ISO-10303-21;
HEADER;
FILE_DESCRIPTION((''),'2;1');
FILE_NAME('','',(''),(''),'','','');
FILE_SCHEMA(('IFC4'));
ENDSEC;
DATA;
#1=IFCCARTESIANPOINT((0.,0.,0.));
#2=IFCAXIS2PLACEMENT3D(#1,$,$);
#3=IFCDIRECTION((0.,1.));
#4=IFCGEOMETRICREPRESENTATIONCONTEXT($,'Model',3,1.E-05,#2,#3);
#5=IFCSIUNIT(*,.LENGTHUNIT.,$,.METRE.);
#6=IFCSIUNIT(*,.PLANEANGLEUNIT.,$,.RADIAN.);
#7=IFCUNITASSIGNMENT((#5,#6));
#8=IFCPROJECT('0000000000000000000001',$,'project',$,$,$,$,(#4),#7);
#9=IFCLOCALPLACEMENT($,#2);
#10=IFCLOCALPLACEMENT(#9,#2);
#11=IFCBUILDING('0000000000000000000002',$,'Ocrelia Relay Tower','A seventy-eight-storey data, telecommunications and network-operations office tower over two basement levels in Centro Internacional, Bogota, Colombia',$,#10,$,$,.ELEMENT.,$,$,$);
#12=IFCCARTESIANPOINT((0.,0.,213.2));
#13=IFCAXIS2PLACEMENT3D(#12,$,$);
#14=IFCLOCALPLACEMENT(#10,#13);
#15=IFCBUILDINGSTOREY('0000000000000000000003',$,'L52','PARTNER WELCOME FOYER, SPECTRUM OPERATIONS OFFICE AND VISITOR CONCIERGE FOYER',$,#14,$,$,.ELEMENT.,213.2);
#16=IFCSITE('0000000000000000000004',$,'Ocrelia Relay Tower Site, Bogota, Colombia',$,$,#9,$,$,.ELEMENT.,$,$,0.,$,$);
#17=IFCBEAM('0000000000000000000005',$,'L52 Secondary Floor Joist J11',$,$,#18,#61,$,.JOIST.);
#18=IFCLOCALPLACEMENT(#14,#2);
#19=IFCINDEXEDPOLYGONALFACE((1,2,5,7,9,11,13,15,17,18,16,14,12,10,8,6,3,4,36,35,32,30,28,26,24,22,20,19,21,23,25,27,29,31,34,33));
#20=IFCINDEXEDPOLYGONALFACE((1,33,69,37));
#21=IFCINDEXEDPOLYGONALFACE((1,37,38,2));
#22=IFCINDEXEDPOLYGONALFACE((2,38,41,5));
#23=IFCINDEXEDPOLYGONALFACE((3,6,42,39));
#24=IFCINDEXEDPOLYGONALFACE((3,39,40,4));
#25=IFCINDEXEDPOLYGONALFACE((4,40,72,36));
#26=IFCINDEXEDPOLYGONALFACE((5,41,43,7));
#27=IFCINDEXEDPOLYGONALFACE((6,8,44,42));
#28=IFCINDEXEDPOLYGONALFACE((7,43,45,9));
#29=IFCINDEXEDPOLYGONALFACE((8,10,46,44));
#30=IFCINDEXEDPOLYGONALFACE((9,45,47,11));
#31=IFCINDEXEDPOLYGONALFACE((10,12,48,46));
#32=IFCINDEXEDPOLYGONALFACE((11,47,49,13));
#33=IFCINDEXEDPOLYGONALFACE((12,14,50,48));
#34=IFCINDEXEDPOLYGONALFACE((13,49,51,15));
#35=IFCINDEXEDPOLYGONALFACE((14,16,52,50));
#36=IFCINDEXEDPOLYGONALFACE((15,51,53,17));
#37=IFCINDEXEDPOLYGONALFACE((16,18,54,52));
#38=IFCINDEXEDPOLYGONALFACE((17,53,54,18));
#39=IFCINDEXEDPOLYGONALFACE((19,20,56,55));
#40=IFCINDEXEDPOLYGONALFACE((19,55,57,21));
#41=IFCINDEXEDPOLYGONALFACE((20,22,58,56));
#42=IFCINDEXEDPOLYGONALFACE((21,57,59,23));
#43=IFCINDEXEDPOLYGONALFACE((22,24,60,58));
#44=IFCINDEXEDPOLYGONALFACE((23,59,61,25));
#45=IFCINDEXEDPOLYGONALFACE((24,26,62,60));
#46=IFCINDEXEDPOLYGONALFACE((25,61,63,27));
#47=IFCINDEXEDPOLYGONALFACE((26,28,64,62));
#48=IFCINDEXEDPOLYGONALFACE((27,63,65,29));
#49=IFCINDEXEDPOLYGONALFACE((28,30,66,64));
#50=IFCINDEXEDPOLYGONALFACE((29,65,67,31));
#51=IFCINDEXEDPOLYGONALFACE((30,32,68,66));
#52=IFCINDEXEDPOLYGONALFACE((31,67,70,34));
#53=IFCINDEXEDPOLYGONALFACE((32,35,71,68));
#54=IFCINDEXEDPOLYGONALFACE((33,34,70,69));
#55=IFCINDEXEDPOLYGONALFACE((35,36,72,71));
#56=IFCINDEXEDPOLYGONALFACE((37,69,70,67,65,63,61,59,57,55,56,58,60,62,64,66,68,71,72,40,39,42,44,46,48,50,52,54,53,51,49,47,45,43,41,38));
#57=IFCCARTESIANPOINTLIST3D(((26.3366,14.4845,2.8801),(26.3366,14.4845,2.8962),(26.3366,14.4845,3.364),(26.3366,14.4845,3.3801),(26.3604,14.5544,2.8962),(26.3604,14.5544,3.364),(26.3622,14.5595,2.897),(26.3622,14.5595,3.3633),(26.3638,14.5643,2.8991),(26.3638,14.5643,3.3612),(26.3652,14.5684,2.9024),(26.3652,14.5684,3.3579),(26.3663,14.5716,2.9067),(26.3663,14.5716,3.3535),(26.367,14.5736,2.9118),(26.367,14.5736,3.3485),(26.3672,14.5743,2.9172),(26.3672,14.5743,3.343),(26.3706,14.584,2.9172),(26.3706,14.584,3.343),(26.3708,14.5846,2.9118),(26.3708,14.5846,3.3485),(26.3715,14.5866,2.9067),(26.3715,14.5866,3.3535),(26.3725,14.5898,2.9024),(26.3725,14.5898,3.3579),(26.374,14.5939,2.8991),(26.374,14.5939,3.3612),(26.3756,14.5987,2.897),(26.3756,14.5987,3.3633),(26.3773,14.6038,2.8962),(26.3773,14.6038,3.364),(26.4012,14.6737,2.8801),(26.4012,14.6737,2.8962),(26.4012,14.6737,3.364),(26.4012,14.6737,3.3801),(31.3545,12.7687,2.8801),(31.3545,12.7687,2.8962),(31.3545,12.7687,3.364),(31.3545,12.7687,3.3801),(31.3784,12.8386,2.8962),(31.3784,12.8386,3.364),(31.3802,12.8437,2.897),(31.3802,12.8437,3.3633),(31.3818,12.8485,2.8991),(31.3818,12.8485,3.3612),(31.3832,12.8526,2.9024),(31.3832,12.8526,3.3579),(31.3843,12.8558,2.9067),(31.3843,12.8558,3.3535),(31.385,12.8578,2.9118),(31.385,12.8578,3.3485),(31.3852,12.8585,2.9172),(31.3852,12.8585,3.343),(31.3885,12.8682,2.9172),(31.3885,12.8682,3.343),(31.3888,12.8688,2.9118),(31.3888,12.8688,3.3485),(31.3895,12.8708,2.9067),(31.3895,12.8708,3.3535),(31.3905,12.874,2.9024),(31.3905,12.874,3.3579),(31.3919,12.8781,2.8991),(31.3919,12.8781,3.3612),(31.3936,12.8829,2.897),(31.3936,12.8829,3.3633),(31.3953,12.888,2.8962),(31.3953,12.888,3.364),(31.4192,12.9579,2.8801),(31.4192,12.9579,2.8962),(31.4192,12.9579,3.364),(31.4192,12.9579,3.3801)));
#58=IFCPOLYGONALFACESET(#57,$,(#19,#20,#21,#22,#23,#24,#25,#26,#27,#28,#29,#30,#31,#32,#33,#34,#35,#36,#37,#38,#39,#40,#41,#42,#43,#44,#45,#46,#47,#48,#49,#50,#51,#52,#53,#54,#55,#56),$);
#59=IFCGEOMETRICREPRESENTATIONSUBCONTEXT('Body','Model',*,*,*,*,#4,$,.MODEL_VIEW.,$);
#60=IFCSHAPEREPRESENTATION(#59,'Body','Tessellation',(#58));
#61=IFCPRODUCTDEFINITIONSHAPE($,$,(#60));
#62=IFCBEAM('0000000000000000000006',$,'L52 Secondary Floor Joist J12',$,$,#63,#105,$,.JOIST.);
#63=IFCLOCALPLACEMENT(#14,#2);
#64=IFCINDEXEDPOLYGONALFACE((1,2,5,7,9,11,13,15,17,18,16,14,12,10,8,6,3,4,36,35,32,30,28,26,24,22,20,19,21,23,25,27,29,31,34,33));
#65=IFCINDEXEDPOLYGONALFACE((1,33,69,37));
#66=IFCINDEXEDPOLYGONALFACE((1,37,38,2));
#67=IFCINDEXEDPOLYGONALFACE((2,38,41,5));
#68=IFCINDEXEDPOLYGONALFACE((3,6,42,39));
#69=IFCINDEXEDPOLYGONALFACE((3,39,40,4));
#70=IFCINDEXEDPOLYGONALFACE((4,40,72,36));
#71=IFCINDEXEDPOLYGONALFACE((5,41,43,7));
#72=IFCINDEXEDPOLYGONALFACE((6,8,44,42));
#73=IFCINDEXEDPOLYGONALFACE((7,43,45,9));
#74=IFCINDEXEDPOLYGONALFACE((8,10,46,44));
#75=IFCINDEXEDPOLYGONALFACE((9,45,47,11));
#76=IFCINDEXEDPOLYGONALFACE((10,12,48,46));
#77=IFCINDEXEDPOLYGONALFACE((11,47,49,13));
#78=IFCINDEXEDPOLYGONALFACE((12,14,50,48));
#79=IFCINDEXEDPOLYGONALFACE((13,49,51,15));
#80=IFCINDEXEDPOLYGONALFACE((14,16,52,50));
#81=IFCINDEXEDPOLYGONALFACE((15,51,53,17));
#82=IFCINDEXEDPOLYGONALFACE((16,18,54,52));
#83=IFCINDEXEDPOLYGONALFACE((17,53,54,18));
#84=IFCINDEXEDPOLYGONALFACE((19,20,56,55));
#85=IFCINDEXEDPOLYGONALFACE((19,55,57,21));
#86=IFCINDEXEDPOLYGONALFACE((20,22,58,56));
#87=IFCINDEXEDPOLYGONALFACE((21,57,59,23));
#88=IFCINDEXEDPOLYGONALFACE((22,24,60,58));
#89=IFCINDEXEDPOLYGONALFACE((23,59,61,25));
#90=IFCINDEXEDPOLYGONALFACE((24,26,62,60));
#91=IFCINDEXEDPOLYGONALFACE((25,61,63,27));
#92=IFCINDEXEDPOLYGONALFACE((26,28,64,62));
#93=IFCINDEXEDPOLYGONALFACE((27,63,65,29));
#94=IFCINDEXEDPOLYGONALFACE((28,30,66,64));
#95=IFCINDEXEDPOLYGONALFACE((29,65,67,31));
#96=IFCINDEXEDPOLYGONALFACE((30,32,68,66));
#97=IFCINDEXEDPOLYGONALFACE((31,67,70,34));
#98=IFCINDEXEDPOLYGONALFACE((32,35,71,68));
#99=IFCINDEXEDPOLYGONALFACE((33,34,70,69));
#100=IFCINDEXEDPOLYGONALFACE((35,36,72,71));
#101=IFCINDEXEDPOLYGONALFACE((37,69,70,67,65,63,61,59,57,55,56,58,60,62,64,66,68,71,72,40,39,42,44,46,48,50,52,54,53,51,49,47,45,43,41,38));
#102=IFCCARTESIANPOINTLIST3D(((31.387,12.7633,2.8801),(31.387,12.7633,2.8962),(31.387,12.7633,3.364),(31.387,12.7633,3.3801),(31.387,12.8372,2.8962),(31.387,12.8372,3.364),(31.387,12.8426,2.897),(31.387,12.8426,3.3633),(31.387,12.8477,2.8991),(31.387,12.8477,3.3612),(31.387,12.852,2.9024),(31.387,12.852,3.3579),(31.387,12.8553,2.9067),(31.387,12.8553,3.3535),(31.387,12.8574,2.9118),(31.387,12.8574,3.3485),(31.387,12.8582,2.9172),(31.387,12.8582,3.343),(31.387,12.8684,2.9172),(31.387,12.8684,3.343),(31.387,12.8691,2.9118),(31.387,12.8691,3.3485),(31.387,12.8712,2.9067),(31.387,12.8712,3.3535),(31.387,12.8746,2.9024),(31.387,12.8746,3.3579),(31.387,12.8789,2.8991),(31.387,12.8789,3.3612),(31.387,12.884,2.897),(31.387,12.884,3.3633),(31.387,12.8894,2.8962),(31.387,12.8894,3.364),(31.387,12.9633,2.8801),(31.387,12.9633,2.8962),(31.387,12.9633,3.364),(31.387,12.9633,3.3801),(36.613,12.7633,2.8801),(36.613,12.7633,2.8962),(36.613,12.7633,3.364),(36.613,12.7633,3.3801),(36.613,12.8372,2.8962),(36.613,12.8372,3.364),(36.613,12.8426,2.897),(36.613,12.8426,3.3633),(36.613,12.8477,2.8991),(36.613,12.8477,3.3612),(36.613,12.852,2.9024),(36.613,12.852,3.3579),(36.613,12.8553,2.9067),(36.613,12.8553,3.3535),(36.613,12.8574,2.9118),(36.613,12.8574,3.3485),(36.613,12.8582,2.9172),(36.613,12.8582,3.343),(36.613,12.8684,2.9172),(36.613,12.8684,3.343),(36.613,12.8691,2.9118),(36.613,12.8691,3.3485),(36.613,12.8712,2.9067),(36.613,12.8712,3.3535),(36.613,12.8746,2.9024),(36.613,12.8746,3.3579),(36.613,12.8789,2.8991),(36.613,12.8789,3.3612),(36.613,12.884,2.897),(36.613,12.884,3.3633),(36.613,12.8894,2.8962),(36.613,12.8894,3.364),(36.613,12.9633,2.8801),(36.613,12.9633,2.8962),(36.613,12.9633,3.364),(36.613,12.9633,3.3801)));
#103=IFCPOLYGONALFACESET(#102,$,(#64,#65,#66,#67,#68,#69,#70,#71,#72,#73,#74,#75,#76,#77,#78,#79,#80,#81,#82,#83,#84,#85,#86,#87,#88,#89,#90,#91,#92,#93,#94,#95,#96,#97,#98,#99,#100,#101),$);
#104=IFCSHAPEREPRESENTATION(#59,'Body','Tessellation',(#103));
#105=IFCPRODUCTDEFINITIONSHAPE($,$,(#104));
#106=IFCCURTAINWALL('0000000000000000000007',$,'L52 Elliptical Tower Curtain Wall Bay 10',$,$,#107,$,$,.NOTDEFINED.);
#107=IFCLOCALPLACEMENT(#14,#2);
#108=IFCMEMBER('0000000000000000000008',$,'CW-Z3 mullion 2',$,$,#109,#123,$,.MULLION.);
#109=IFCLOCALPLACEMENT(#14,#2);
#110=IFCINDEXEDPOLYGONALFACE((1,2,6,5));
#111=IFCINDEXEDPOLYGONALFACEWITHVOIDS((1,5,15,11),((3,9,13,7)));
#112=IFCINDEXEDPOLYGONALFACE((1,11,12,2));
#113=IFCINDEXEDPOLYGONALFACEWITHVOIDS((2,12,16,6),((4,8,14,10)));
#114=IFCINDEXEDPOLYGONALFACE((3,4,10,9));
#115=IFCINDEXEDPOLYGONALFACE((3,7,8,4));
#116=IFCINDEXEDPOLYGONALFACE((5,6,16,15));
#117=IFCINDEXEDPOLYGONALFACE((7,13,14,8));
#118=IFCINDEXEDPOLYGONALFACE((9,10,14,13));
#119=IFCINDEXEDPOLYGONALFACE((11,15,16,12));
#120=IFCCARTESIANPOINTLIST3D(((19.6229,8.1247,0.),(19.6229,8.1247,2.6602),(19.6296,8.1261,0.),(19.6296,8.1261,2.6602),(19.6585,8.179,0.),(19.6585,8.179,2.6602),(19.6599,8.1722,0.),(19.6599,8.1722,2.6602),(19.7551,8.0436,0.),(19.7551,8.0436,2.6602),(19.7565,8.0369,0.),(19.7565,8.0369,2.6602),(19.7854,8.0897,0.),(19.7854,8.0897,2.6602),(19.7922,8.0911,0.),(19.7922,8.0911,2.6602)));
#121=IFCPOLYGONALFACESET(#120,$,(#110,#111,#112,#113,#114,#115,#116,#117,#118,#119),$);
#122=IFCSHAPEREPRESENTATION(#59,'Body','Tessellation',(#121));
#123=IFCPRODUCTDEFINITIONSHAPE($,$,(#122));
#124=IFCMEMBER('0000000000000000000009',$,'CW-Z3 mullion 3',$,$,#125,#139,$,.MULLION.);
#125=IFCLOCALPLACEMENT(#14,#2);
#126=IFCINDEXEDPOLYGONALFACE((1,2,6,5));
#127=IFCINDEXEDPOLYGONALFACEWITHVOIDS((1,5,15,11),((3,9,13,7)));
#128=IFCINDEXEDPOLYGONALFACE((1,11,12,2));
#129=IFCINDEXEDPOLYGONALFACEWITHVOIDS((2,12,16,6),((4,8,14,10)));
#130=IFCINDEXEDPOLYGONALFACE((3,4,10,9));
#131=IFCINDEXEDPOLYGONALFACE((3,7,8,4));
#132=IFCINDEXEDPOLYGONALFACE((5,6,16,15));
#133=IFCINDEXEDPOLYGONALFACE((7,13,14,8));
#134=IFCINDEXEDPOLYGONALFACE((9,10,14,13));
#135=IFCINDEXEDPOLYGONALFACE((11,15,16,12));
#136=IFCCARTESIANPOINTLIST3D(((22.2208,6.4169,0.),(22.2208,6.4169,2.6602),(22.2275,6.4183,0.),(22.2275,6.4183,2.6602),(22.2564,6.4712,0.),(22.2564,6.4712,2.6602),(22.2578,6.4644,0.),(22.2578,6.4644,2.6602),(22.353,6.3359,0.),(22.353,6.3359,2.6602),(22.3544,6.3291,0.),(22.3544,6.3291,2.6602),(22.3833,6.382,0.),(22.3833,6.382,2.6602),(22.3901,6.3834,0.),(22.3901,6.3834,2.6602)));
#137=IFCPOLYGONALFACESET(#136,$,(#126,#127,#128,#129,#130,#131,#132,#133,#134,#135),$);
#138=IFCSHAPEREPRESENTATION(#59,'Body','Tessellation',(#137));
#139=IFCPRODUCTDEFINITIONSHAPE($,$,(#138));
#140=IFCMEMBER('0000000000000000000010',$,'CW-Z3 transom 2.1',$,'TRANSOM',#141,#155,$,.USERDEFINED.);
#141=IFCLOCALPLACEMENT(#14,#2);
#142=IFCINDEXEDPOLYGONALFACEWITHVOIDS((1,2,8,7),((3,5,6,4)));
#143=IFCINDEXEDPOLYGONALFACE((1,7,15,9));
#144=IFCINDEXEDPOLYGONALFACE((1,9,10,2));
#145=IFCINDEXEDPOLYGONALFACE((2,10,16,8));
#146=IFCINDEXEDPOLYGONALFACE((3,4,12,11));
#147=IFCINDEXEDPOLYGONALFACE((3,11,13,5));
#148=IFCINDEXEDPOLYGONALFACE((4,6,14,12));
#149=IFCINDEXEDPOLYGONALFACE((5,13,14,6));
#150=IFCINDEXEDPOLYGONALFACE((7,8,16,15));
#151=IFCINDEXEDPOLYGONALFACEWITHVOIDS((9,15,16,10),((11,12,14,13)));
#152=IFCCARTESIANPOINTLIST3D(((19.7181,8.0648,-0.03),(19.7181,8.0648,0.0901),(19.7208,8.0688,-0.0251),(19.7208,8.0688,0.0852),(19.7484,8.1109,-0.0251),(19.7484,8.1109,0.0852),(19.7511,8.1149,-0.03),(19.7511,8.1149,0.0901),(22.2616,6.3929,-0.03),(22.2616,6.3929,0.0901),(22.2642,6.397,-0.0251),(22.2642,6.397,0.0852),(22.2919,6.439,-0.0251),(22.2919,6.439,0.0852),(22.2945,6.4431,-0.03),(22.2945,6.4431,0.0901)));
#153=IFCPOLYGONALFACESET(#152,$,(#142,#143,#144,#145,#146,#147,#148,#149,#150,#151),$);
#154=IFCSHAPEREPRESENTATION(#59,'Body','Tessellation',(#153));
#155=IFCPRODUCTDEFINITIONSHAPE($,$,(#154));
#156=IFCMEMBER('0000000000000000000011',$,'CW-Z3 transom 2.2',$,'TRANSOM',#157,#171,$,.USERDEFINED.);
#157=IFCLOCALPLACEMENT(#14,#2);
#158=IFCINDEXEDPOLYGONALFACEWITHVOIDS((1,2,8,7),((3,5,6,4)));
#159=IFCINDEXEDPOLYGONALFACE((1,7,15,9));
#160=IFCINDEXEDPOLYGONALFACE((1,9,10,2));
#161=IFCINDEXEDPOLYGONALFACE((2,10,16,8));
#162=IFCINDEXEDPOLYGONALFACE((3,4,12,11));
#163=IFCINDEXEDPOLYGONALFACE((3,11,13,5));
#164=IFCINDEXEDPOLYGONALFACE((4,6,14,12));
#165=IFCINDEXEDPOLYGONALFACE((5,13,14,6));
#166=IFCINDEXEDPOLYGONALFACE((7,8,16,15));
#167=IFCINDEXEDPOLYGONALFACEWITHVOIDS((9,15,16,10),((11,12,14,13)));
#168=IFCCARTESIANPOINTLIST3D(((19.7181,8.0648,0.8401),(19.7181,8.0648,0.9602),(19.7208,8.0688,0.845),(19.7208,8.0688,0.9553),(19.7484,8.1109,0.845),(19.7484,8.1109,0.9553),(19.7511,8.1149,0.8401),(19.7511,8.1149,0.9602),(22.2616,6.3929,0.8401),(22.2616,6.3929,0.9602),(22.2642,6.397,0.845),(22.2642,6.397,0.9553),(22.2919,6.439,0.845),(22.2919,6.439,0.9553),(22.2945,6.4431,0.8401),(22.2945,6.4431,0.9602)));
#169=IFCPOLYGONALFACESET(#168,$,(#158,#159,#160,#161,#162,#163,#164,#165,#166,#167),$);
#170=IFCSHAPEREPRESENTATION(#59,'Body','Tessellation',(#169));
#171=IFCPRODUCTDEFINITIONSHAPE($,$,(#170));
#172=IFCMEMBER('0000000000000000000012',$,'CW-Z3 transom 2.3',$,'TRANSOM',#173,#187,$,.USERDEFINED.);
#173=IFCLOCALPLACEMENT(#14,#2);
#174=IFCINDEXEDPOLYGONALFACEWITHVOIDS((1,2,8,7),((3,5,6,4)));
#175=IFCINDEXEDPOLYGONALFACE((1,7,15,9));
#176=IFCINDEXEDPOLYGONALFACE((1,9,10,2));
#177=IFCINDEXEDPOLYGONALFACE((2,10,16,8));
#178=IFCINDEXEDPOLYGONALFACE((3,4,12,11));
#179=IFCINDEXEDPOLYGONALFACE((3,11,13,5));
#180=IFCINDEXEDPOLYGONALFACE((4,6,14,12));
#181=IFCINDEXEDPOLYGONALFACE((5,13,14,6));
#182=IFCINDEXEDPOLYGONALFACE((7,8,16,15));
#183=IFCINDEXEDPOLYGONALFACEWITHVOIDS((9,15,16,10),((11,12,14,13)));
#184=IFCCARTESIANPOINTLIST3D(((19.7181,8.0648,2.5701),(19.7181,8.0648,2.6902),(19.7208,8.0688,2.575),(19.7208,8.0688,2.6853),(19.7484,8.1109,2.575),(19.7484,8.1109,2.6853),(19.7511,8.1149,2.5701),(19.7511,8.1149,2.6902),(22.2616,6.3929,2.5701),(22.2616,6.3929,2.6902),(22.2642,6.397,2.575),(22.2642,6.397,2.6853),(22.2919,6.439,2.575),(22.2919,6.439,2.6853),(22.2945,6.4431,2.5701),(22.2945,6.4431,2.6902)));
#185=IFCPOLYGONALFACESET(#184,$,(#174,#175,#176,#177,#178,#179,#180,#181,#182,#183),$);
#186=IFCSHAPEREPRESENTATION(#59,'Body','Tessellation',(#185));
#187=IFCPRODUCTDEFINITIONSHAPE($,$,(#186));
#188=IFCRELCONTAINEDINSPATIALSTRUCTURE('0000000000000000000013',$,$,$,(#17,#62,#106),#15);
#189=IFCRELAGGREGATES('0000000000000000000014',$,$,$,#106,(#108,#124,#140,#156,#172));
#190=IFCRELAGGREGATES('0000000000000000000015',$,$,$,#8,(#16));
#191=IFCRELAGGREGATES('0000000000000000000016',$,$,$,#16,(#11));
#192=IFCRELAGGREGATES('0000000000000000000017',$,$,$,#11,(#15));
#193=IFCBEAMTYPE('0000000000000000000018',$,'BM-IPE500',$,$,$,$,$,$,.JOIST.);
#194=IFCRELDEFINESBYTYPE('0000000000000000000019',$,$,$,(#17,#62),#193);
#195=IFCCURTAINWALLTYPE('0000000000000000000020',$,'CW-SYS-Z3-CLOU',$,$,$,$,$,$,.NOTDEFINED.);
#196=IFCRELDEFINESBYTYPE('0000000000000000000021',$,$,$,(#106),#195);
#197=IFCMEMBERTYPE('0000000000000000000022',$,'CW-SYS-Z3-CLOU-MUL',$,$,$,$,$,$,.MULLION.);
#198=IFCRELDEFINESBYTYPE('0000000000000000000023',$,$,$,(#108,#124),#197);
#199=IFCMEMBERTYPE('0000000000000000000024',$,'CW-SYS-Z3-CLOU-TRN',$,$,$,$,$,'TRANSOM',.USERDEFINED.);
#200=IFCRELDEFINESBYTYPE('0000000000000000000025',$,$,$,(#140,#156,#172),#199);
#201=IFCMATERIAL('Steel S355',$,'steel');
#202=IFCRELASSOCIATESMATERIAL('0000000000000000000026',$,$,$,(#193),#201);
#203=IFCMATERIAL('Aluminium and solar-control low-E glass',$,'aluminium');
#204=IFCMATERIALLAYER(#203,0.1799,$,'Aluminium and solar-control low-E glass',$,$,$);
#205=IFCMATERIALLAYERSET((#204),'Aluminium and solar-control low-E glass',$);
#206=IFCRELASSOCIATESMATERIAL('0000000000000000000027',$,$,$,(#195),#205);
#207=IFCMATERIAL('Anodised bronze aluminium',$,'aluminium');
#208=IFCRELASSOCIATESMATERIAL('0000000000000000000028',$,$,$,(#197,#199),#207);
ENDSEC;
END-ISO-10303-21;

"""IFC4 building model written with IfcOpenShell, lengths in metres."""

from ifc_helpers import new_model, si_unit, direction, frame, origin, origin_2d, place, context, subcontext, project, spatial, hollow_rectangle, i_section, extrude, material, layer, layer_set, material_profile, profile_set, type_object, element, aggregate, save


model = new_model("IFC4")

# Units and contexts
model_context = context("Model", 3, precision=1e-05, world=origin(), true_north=direction((0.0, 1.0)))
body_context = subcontext(model_context, "Body", "Model", "MODEL_VIEW")
ifc_project = project(units=[si_unit("LENGTHUNIT", "METRE"), si_unit("PLANEANGLEUNIT", "RADIAN")], contexts=[model_context])

# Site, building, storey
site_placement = place(None, origin())
site = spatial("IfcSite", under=ifc_project, at=site_placement, Name="Ocrelia Relay Tower Site, Bogota, Colombia", CompositionType="ELEMENT", RefElevation=0.0)
building_placement = place(site_placement, origin())
building = spatial("IfcBuilding", under=site, at=building_placement, Name="Ocrelia Relay Tower", Description="A seventy-eight-storey data, telecommunications and network-operations office tower over two basement levels in Centro Internacional, Bogota, Colombia", CompositionType="ELEMENT")
storey_placement = place(building_placement, frame((0.0, 0.0, 213.2)))
storey = spatial("IfcBuildingStorey", under=building, at=storey_placement, Name="L52", Description="PARTNER WELCOME FOYER, SPECTRUM OPERATIONS OFFICE AND VISITOR CONCIERGE FOYER", CompositionType="ELEMENT", Elevation=213.2)

# Beams
ifc_material_1 = material(Name="Steel S355", Category="steel")
ifc_material_profile_1 = material_profile(ifc_material_1, i_section(OverallWidth=0.2, OverallDepth=0.5, WebThickness=0.0103, FlangeThickness=0.0161, FilletRadius=0.021, at=origin_2d()), Name="IPE 500")
ifc_profile_set_1 = profile_set([ifc_material_profile_1], Name="Steel S355")
beam_type_1 = type_object("IfcBeamType", Name="BM-IPE500", PredefinedType="JOIST", material=ifc_profile_set_1)
beam_1_placement = place(storey_placement, frame((26.3689, 14.5791, 3.1301), z_axis=(0.946215, -0.323538, 0.0), x_axis=(0.323538, 0.946215, 0.0)))
element("IfcBeam", 1, at=beam_1_placement, inside=storey, type_object=beam_type_1, Name="L52 Secondary Floor Joist J11", PredefinedType="JOIST", context=body_context, shape_type="SweptSolid", body=[
    extrude(i_section(OverallWidth=0.2, OverallDepth=0.5, WebThickness=0.0103, FlangeThickness=0.0161, FilletRadius=0.021, at=origin_2d()), origin(), (0.0, 0.0, 1.0), 5.3032),
])
beam_2_placement = place(storey_placement, frame((31.387, 12.8633, 3.1301), z_axis=(1.0, 0.0, 0.0), x_axis=(0.0, 1.0, 0.0)))
element("IfcBeam", 2, at=beam_2_placement, inside=storey, type_object=beam_type_1, Name="L52 Secondary Floor Joist J12", PredefinedType="JOIST", context=body_context, shape_type="SweptSolid", body=[
    extrude(i_section(OverallWidth=0.2, OverallDepth=0.5, WebThickness=0.0103, FlangeThickness=0.0161, FilletRadius=0.021, at=origin_2d()), origin(), (0.0, 0.0, 1.0), 5.2261),
])

# Curtain wall, members
ifc_material_2 = material(Name="Aluminium and solar-control low-E glass", Category="aluminium")
ifc_layer_1 = layer(ifc_material_2, 0.1799, Name="Aluminium and solar-control low-E glass")
ifc_layer_set_1 = layer_set([ifc_layer_1], Name="Aluminium and solar-control low-E glass")
curtain_wall_type = type_object("IfcCurtainWallType", Name="CW-SYS-Z3-CLOU", PredefinedType="NOTDEFINED", material=ifc_layer_set_1)
curtain_wall_placement = place(storey_placement, origin())
curtain_wall = element("IfcCurtainWall", 3, at=curtain_wall_placement, inside=storey, type_object=curtain_wall_type, Name="L52 Elliptical Tower Curtain Wall Bay 10", PredefinedType="NOTDEFINED")
ifc_material_3 = material(Name="Anodised bronze aluminium", Category="aluminium")
ifc_material_profile_2 = material_profile(ifc_material_3, hollow_rectangle(XDim=0.0649, YDim=0.1599, WallThickness=0.0049, at=origin_2d()), Name="CW-MUL-160x65")
ifc_profile_set_2 = profile_set([ifc_material_profile_2], Name="Anodised bronze aluminium")
member_type_1 = type_object("IfcMemberType", Name="CW-SYS-Z3-CLOU-MUL", PredefinedType="MULLION", material=ifc_profile_set_2)
member_1_placement = place(storey_placement, frame((19.7075, 8.1079, 0.0), z_axis=(0.0, 0.0, 1.0), x_axis=(0.549319, 0.835613, 0.0)))
member_1 = element("IfcMember", 4, at=member_1_placement, type_object=member_type_1, Name="CW-Z3 mullion 2", PredefinedType="MULLION", context=body_context, shape_type="SweptSolid", body=[
    extrude(hollow_rectangle(XDim=0.0649, YDim=0.1599, WallThickness=0.0049, at=origin_2d()), origin(), (0.0, 0.0, 1.0), 2.6602),
])
member_2_placement = place(storey_placement, frame((22.3054, 6.4001, 0.0), z_axis=(0.0, 0.0, 1.0), x_axis=(0.549319, 0.835613, 0.0)))
member_2 = element("IfcMember", 5, at=member_2_placement, type_object=member_type_1, Name="CW-Z3 mullion 3", PredefinedType="MULLION", context=body_context, shape_type="SweptSolid", body=[
    extrude(hollow_rectangle(XDim=0.0649, YDim=0.1599, WallThickness=0.0049, at=origin_2d()), origin(), (0.0, 0.0, 1.0), 2.6602),
])
ifc_material_profile_3 = material_profile(ifc_material_3, hollow_rectangle(XDim=0.0601, YDim=0.1201, WallThickness=0.0049, at=origin_2d()), Name="CW-TRN-120x60")
ifc_profile_set_3 = profile_set([ifc_material_profile_3], Name="Anodised bronze aluminium")
member_type_2 = type_object("IfcMemberType", Name="CW-SYS-Z3-CLOU-TRN", ElementType="TRANSOM", PredefinedType="USERDEFINED", material=ifc_profile_set_3)
member_3_placement = place(storey_placement, frame((19.7346, 8.0898, 0.03), z_axis=(0.835636, -0.549284, 0.0), x_axis=(0.549284, 0.835636, 0.0)))
member_3 = element("IfcMember", 6, at=member_3_placement, type_object=member_type_2, Name="CW-Z3 transom 2.1", ObjectType="TRANSOM", PredefinedType="USERDEFINED", context=body_context, shape_type="SweptSolid", body=[
    extrude(hollow_rectangle(XDim=0.0601, YDim=0.1201, WallThickness=0.0049, at=origin_2d()), origin(), (0.0, 0.0, 1.0), 3.0437),
])
member_4_placement = place(storey_placement, frame((19.7346, 8.0898, 0.9001), z_axis=(0.835636, -0.549284, 0.0), x_axis=(0.549284, 0.835636, 0.0)))
member_4 = element("IfcMember", 7, at=member_4_placement, type_object=member_type_2, Name="CW-Z3 transom 2.2", ObjectType="TRANSOM", PredefinedType="USERDEFINED", context=body_context, shape_type="SweptSolid", body=[
    extrude(hollow_rectangle(XDim=0.0601, YDim=0.1201, WallThickness=0.0049, at=origin_2d()), origin(), (0.0, 0.0, 1.0), 3.0437),
])
member_5_placement = place(storey_placement, frame((19.7346, 8.0898, 2.6301), z_axis=(0.835636, -0.549284, 0.0), x_axis=(0.549284, 0.835636, 0.0)))
member_5 = element("IfcMember", 8, at=member_5_placement, type_object=member_type_2, Name="CW-Z3 transom 2.3", ObjectType="TRANSOM", PredefinedType="USERDEFINED", context=body_context, shape_type="SweptSolid", body=[
    extrude(hollow_rectangle(XDim=0.0601, YDim=0.1201, WallThickness=0.0049, at=origin_2d()), origin(), (0.0, 0.0, 1.0), 3.0437),
])
aggregate(curtain_wall, [member_1, member_2, member_3, member_4, member_5])

save(model, "model.ifc")
